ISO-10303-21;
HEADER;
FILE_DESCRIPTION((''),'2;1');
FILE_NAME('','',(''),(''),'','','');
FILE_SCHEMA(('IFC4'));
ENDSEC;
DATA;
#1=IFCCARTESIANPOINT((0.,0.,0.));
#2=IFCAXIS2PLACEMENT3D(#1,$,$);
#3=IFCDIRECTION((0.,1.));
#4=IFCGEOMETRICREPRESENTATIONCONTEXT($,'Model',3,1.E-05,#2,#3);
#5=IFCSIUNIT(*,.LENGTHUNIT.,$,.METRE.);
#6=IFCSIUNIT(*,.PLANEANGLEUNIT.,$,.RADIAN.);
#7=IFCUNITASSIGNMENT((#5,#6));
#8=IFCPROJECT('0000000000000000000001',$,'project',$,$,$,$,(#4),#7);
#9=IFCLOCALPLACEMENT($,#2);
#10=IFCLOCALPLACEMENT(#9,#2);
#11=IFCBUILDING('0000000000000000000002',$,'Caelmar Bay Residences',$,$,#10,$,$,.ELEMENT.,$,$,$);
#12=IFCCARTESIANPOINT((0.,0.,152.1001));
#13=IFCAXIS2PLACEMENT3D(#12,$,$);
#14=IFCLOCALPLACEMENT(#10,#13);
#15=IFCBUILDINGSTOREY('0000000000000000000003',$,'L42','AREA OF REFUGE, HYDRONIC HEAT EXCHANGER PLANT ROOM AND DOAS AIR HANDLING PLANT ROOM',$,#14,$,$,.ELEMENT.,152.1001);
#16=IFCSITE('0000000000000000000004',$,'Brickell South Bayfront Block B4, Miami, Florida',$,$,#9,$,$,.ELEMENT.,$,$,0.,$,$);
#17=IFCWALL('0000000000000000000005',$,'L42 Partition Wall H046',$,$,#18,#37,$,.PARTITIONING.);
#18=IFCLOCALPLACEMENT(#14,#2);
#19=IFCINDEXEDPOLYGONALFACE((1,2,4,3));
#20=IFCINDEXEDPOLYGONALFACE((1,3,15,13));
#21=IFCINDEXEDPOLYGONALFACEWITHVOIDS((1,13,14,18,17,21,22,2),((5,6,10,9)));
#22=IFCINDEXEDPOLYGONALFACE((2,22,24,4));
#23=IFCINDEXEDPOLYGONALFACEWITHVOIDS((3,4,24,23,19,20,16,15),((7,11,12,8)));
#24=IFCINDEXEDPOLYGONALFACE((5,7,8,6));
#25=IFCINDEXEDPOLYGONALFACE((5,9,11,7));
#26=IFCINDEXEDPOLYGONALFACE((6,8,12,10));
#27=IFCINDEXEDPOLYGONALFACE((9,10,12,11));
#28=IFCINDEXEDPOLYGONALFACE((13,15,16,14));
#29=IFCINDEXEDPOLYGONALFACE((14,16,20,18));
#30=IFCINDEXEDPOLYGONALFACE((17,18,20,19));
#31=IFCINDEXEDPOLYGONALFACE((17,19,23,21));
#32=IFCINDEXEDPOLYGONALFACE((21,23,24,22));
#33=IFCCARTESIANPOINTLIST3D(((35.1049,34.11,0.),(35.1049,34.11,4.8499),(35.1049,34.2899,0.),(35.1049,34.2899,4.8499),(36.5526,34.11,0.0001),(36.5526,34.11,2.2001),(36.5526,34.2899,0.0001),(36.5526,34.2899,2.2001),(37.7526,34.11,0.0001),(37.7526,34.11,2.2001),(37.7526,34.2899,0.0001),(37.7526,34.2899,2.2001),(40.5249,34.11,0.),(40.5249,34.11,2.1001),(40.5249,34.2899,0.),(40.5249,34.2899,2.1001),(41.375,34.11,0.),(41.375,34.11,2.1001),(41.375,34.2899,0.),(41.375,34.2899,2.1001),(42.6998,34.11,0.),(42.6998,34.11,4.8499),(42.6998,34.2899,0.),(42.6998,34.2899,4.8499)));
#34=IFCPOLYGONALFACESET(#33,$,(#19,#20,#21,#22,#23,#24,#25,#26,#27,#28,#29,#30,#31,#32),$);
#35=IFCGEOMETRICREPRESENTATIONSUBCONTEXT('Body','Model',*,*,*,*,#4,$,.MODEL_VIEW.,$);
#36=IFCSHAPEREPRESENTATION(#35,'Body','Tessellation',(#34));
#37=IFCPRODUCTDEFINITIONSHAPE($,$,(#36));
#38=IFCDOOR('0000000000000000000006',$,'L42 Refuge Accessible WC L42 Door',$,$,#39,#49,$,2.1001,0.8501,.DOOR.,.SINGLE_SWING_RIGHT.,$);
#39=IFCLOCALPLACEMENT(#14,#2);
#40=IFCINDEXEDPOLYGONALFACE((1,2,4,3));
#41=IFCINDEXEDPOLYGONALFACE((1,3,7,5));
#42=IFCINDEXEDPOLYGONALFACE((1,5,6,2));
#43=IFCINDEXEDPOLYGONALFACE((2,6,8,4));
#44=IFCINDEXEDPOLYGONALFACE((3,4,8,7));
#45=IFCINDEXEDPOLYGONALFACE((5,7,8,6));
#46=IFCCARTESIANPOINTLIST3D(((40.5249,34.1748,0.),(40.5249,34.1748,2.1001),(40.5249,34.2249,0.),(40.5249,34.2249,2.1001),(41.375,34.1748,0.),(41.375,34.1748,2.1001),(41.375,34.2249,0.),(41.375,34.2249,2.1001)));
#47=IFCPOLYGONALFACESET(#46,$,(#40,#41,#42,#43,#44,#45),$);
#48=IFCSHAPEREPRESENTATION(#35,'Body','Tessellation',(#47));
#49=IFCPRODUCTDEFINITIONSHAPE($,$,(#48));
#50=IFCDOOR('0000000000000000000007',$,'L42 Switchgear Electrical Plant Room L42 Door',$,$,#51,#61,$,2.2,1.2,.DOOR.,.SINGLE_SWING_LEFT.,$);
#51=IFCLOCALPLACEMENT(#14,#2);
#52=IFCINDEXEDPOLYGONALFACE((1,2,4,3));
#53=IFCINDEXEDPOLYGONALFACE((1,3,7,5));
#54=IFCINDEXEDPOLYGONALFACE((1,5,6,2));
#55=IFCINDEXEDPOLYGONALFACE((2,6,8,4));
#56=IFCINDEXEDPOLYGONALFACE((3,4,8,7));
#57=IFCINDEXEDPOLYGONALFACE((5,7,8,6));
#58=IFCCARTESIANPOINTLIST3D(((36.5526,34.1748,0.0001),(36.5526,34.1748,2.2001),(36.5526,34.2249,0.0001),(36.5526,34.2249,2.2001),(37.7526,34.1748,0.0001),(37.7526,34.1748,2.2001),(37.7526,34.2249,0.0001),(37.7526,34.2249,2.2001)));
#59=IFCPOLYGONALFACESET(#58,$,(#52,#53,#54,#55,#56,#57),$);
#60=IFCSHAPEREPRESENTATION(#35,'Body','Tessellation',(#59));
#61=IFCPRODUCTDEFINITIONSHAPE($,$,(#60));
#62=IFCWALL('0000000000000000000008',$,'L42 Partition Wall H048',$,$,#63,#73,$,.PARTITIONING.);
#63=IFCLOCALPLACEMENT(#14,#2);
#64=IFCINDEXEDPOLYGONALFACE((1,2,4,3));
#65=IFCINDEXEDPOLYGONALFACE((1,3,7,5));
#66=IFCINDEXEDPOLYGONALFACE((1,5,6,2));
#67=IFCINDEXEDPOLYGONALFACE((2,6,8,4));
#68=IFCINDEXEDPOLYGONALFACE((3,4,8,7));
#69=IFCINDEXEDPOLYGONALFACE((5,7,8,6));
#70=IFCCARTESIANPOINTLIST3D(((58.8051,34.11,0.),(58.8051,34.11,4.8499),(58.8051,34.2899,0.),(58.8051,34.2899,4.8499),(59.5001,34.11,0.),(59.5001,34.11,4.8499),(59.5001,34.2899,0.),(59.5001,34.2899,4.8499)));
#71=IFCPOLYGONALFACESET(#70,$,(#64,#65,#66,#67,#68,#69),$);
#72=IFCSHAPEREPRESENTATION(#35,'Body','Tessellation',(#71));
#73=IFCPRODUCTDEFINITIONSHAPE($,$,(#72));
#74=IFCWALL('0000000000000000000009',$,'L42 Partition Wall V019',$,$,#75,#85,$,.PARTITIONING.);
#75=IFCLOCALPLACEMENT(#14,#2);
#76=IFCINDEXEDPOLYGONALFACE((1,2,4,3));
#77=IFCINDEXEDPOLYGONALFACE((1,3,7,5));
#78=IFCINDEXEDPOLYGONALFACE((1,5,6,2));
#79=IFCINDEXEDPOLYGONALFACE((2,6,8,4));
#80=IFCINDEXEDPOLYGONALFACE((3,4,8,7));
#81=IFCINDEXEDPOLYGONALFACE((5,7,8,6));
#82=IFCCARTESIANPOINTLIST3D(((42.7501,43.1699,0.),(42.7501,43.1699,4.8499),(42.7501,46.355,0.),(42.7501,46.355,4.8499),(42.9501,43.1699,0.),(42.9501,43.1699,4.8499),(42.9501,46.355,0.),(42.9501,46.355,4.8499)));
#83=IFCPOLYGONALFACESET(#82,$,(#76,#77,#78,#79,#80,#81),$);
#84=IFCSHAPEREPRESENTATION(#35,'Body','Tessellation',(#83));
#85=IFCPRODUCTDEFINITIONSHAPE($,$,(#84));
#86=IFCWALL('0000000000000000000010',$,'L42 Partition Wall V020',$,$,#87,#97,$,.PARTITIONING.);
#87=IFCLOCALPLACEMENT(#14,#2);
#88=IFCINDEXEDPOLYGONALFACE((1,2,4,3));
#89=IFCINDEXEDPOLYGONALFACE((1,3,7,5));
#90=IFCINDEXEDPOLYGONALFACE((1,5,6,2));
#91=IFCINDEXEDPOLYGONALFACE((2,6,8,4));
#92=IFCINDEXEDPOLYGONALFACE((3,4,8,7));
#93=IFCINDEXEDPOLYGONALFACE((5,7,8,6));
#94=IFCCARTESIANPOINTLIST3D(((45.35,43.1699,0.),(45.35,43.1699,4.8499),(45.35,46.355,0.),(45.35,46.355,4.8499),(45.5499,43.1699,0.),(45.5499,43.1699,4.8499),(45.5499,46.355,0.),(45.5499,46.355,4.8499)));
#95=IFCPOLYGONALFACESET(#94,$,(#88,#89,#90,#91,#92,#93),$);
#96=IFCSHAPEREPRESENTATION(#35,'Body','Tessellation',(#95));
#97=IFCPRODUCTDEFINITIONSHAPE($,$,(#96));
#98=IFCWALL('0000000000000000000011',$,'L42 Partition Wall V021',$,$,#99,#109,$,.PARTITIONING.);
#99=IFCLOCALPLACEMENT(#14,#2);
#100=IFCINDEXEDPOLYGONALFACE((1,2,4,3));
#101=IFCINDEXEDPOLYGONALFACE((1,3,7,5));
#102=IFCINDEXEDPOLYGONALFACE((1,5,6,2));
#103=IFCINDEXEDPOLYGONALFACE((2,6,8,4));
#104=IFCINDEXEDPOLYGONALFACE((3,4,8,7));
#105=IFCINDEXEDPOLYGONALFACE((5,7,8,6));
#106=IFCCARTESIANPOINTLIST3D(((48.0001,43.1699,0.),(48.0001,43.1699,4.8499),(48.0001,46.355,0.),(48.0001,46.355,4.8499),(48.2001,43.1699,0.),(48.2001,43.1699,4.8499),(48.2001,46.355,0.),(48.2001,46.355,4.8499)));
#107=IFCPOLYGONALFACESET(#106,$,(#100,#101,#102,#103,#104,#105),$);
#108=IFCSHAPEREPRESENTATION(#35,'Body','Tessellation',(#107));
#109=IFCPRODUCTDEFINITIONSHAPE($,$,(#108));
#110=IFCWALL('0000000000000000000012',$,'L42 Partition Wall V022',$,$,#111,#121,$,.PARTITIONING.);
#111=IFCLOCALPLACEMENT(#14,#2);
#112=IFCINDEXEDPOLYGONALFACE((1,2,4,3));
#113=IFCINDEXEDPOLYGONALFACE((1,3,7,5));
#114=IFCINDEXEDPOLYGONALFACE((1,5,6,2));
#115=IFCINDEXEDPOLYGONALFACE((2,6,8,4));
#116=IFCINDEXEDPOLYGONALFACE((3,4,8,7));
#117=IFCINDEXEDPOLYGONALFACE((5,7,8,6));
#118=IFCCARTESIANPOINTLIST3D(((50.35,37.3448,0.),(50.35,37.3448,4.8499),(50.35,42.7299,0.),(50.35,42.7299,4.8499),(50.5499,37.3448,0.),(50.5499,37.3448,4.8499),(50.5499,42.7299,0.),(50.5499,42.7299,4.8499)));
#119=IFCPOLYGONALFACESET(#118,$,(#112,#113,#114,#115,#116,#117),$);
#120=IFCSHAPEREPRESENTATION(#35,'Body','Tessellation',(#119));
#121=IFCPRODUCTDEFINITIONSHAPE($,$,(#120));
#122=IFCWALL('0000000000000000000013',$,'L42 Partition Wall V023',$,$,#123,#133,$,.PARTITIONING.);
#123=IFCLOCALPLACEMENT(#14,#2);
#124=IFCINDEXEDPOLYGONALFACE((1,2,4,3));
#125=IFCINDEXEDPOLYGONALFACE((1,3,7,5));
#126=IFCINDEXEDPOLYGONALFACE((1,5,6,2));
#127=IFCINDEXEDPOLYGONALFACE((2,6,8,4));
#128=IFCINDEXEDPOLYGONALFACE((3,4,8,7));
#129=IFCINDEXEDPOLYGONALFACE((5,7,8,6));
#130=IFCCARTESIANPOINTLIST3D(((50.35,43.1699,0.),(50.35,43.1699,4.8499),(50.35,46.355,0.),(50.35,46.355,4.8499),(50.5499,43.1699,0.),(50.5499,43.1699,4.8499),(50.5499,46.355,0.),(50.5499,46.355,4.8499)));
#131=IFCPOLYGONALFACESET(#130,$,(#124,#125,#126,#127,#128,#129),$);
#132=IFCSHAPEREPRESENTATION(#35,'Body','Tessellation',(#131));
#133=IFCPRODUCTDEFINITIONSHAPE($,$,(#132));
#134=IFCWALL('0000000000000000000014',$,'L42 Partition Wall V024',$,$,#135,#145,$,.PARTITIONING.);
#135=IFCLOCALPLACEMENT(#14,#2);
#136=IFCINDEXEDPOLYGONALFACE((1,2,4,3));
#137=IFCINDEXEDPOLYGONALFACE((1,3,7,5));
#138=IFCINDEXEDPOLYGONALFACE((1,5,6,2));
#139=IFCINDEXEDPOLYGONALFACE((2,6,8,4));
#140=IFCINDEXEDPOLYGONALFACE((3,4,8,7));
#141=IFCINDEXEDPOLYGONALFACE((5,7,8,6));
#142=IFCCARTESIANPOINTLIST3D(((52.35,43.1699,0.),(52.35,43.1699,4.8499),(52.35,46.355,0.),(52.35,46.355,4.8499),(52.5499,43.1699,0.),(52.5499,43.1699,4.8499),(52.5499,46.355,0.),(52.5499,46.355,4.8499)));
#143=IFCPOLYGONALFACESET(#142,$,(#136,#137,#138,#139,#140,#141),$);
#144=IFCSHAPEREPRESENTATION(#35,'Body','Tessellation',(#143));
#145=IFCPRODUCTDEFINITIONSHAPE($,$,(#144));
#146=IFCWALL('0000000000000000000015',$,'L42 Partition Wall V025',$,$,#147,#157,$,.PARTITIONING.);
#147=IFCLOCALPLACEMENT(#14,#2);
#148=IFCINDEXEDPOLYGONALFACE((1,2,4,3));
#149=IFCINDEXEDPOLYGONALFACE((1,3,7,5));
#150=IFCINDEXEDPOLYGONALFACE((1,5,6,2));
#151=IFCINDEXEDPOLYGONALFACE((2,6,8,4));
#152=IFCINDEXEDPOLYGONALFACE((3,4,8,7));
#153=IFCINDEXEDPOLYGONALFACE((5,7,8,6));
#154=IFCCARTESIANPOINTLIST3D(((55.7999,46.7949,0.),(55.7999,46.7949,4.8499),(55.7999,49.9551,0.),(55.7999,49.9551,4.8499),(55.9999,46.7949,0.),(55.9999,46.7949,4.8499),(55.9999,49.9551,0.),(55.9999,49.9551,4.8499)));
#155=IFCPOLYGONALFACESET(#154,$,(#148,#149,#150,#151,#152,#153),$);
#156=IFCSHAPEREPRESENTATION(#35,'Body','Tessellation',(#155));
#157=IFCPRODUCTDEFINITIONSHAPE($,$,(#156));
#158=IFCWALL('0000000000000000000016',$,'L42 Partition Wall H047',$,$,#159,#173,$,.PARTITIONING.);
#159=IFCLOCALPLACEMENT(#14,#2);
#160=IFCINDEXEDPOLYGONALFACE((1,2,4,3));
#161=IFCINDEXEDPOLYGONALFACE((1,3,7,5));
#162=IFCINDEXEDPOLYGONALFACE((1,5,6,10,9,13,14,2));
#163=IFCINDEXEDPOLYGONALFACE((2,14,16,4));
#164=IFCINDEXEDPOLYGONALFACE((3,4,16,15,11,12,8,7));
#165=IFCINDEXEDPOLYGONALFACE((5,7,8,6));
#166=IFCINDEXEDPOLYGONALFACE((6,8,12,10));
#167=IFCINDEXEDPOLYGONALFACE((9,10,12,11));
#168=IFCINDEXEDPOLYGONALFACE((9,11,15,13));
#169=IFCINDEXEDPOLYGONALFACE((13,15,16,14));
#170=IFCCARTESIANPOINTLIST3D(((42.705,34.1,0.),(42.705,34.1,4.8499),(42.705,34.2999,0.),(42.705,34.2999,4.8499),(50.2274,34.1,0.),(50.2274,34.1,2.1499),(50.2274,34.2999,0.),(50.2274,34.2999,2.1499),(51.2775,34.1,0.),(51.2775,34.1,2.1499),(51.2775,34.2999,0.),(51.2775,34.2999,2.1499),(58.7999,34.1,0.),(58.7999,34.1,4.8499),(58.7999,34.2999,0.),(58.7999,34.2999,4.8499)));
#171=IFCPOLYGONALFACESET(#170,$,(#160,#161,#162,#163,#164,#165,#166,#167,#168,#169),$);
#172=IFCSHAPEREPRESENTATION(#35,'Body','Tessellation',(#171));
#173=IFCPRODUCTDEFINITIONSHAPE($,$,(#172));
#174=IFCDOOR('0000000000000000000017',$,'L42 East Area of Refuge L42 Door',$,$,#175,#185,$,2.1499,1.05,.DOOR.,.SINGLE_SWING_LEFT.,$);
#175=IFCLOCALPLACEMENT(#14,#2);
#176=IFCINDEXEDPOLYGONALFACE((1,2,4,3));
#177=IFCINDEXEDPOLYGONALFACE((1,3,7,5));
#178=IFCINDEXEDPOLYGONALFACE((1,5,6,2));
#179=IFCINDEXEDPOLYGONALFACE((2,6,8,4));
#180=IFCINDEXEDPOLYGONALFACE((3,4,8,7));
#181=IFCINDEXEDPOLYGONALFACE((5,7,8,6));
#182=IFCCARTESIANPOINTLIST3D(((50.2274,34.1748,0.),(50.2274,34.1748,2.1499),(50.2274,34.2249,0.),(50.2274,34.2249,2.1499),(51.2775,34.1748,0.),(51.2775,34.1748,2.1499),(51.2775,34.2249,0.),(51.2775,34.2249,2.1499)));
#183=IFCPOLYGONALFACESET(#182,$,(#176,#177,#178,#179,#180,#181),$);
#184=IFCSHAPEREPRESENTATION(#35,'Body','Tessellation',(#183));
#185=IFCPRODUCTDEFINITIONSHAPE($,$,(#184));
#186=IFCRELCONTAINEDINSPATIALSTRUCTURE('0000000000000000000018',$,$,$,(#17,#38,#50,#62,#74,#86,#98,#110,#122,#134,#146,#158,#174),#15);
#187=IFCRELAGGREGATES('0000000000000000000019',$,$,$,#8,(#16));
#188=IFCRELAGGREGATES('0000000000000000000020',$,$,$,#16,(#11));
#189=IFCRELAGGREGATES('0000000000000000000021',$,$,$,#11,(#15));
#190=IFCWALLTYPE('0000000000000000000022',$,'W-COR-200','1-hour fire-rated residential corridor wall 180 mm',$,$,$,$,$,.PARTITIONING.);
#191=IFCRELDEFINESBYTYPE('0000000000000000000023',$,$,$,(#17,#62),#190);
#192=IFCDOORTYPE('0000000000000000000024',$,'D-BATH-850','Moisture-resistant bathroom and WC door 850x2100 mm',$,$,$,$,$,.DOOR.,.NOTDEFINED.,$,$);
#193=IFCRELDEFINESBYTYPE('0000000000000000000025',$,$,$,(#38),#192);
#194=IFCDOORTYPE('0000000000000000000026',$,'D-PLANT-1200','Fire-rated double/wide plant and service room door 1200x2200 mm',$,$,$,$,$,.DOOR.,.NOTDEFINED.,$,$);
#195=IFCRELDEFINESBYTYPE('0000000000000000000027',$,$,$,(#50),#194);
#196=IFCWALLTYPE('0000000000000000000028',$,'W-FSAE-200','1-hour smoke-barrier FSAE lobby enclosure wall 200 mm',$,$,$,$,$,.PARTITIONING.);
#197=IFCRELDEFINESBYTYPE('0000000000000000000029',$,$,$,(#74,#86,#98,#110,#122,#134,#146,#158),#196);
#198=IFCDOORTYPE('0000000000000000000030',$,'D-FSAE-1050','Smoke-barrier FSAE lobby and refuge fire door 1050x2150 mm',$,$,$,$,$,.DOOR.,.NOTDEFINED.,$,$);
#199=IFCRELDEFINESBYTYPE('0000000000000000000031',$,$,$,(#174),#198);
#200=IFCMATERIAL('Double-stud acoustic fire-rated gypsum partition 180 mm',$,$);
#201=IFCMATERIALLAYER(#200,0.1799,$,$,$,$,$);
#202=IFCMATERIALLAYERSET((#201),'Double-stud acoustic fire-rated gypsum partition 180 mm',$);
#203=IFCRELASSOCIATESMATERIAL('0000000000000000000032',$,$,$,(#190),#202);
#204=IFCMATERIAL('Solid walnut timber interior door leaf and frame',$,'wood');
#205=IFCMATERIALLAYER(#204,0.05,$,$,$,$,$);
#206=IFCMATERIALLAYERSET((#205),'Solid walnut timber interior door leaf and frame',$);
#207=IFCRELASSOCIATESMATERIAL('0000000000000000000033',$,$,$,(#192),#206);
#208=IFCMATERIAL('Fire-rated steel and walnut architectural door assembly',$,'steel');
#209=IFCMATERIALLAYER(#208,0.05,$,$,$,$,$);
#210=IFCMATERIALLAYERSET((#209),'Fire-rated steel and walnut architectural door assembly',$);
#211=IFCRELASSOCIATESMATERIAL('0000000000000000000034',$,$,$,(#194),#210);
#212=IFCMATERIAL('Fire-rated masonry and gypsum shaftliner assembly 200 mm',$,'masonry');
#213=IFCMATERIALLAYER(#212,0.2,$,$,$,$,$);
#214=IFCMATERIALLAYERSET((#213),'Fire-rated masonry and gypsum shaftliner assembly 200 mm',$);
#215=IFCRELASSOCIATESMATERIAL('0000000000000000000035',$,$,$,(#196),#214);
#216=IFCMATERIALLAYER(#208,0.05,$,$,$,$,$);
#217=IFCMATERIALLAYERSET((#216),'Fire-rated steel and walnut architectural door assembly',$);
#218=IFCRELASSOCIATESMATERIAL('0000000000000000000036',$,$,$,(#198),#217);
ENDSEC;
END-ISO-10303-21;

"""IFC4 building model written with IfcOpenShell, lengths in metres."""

from ifc_helpers import new_model, si_unit, direction, frame, frame_2d, origin, place, context, subcontext, project, spatial, rectangle, extrude, material, layer, layer_set, type_object, element, fill, save


model = new_model("IFC4")

# Units and contexts
model_context = context("Model", 3, precision=1e-05, world=origin(), true_north=direction((0.0, 1.0)))
body_context = subcontext(model_context, "Body", "Model", "MODEL_VIEW")
ifc_project = project(units=[si_unit("LENGTHUNIT", "METRE"), si_unit("PLANEANGLEUNIT", "RADIAN")], contexts=[model_context])

# Site, building, storey
site_placement = place(None, origin())
site = spatial("IfcSite", under=ifc_project, at=site_placement, Name="Brickell South Bayfront Block B4, Miami, Florida", CompositionType="ELEMENT", RefElevation=0.0)
building_placement = place(site_placement, origin())
building = spatial("IfcBuilding", under=site, at=building_placement, Name="Caelmar Bay Residences", CompositionType="ELEMENT")
storey_placement = place(building_placement, frame((0.0, 0.0, 152.1001)))
storey = spatial("IfcBuildingStorey", under=building, at=storey_placement, Name="L42", Description="AREA OF REFUGE, HYDRONIC HEAT EXCHANGER PLANT ROOM AND DOAS AIR HANDLING PLANT ROOM", CompositionType="ELEMENT", Elevation=152.1001)

# Shared definitions
ifc_material_1 = material(Name="Fire-rated steel and walnut architectural door assembly", Category="steel")

# Wall, openings, doors
ifc_material_2 = material(Name="Double-stud acoustic fire-rated gypsum partition 180 mm")
ifc_layer_1 = layer(ifc_material_2, 0.1799)
ifc_layer_set_1 = layer_set([ifc_layer_1], Name="Double-stud acoustic fire-rated gypsum partition 180 mm")
wall_type_1 = type_object("IfcWallType", Name="W-COR-200", Description="1-hour fire-rated residential corridor wall 180 mm", PredefinedType="PARTITIONING", material=ifc_layer_set_1)
wall_1_placement = place(storey_placement, frame((35.105, 34.2, 0.0), z_axis=(0.0, 0.0, 1.0), x_axis=(1.0, 0.0, 0.0)))
wall_1 = element("IfcWall", 1, at=wall_1_placement, inside=storey, type_object=wall_type_1, Name="L42 Partition Wall H046", PredefinedType="PARTITIONING", context=body_context, shape_type="SweptSolid", body=[
    extrude(rectangle(XDim=7.595, YDim=0.1799, at=frame_2d((3.7974, 0.0))), origin(), (0.0, 0.0, 1.0), 4.8499),
])
opening_1_placement = place(wall_1_placement, frame((1.4475, 0.0, 0.0)))
opening_1 = element("IfcOpeningElement", 2, at=opening_1_placement, cuts=wall_1, PredefinedType="OPENING", context=body_context, shape_type="SweptSolid", body=[
    extrude(rectangle(XDim=1.2, YDim=2.2, at=frame_2d((0.6001, 1.1001))), frame((0.0, 0.0999, 0.0), z_axis=(0.0, -1.0, 0.0), x_axis=(1.0, 0.0, 0.0)), (0.0, 0.0, 1.0), 0.2),
])
opening_2_placement = place(wall_1_placement, frame((5.4199, 0.0, 0.0)))
opening_2 = element("IfcOpeningElement", 3, at=opening_2_placement, cuts=wall_1, PredefinedType="OPENING", context=body_context, shape_type="SweptSolid", body=[
    extrude(rectangle(XDim=0.8501, YDim=2.1001, at=frame_2d((0.425, 1.05))), frame((0.0, 0.0999, 0.0), z_axis=(0.0, -1.0, 0.0), x_axis=(1.0, 0.0, 0.0)), (0.0, 0.0, 1.0), 0.2),
])
ifc_material_3 = material(Name="Solid walnut timber interior door leaf and frame", Category="wood")
ifc_layer_2 = layer(ifc_material_3, 0.05)
ifc_layer_set_2 = layer_set([ifc_layer_2], Name="Solid walnut timber interior door leaf and frame")
door_type_1 = type_object("IfcDoorType", Name="D-BATH-850", Description="Moisture-resistant bathroom and WC door 850x2100 mm", OperationType="NOTDEFINED", PredefinedType="DOOR", material=ifc_layer_set_2)
door_1_placement = place(opening_2_placement, origin())
door_1 = element("IfcDoor", 4, at=door_1_placement, inside=storey, type_object=door_type_1, Name="L42 Refuge Accessible WC L42 Door", OperationType="SINGLE_SWING_RIGHT", OverallHeight=2.1001, OverallWidth=0.8501, PredefinedType="DOOR", context=body_context, shape_type="SweptSolid", body=[
    extrude(rectangle(XDim=0.8501, YDim=2.1001, at=frame_2d((0.425, 1.05))), frame((0.0, 0.0249, 0.0), z_axis=(0.0, -1.0, 0.0), x_axis=(1.0, 0.0, 0.0)), (0.0, 0.0, 1.0), 0.05),
])
fill(opening_2, door_1)
ifc_layer_3 = layer(ifc_material_1, 0.05)
ifc_layer_set_3 = layer_set([ifc_layer_3], Name="Fire-rated steel and walnut architectural door assembly")
door_type_2 = type_object("IfcDoorType", Name="D-PLANT-1200", Description="Fire-rated double/wide plant and service room door 1200x2200 mm", OperationType="NOTDEFINED", PredefinedType="DOOR", material=ifc_layer_set_3)
door_2_placement = place(opening_1_placement, origin())
door_2 = element("IfcDoor", 5, at=door_2_placement, inside=storey, type_object=door_type_2, Name="L42 Switchgear Electrical Plant Room L42 Door", OperationType="SINGLE_SWING_LEFT", OverallHeight=2.2, OverallWidth=1.2, PredefinedType="DOOR", context=body_context, shape_type="SweptSolid", body=[
    extrude(rectangle(XDim=1.2, YDim=2.2, at=frame_2d((0.6001, 1.1001))), frame((0.0, 0.0249, 0.0), z_axis=(0.0, -1.0, 0.0), x_axis=(1.0, 0.0, 0.0)), (0.0, 0.0, 1.0), 0.05),
])
fill(opening_1, door_2)

# Walls
wall_2_placement = place(storey_placement, frame((58.8049, 34.2, 0.0), z_axis=(0.0, 0.0, 1.0), x_axis=(1.0, 0.0, 0.0)))
element("IfcWall", 6, at=wall_2_placement, inside=storey, type_object=wall_type_1, Name="L42 Partition Wall H048", PredefinedType="PARTITIONING", context=body_context, shape_type="SweptSolid", body=[
    extrude(rectangle(XDim=0.6951, YDim=0.1799, at=frame_2d((0.3477, 0.0))), origin(), (0.0, 0.0, 1.0), 4.8499),
])
ifc_material_4 = material(Name="Fire-rated masonry and gypsum shaftliner assembly 200 mm", Category="masonry")
ifc_layer_4 = layer(ifc_material_4, 0.2)
ifc_layer_set_4 = layer_set([ifc_layer_4], Name="Fire-rated masonry and gypsum shaftliner assembly 200 mm")
wall_type_2 = type_object("IfcWallType", Name="W-FSAE-200", Description="1-hour smoke-barrier FSAE lobby enclosure wall 200 mm", PredefinedType="PARTITIONING", material=ifc_layer_set_4)
for number, where, z_axis, x_axis, name in (
    (7, (42.8501, 43.1699, 0.0), (0.0, 0.0, 1.0), (0.0, 1.0, 0.0), "L42 Partition Wall V019"),
    (8, (45.45, 43.1699, 0.0), (0.0, 0.0, 1.0), (0.0, 1.0, 0.0), "L42 Partition Wall V020"),
    (9, (48.1001, 43.1699, 0.0), (0.0, 0.0, 1.0), (0.0, 1.0, 0.0), "L42 Partition Wall V021"),
):
    element("IfcWall", number, at=place(storey_placement, frame(where, z_axis=z_axis, x_axis=x_axis)), inside=storey, type_object=wall_type_2, Name=name, PredefinedType="PARTITIONING", context=body_context, shape_type="SweptSolid", body=[
        extrude(rectangle(XDim=3.1851, YDim=0.2, at=frame_2d((1.5925, 0.0))), origin(), (0.0, 0.0, 1.0), 4.8499),
    ])
wall_3_placement = place(storey_placement, frame((50.45, 37.345, 0.0), z_axis=(0.0, 0.0, 1.0), x_axis=(0.0, 1.0, 0.0)))
element("IfcWall", 10, at=wall_3_placement, inside=storey, type_object=wall_type_2, Name="L42 Partition Wall V022", PredefinedType="PARTITIONING", context=body_context, shape_type="SweptSolid", body=[
    extrude(rectangle(XDim=5.385, YDim=0.2, at=frame_2d((2.6924, 0.0))), origin(), (0.0, 0.0, 1.0), 4.8499),
])
for number, where, z_axis, x_axis, name in (
    (11, (50.45, 43.1699, 0.0), (0.0, 0.0, 1.0), (0.0, 1.0, 0.0), "L42 Partition Wall V023"),
    (12, (52.45, 43.1699, 0.0), (0.0, 0.0, 1.0), (0.0, 1.0, 0.0), "L42 Partition Wall V024"),
):
    element("IfcWall", number, at=place(storey_placement, frame(where, z_axis=z_axis, x_axis=x_axis)), inside=storey, type_object=wall_type_2, Name=name, PredefinedType="PARTITIONING", context=body_context, shape_type="SweptSolid", body=[
        extrude(rectangle(XDim=3.1851, YDim=0.2, at=frame_2d((1.5925, 0.0))), origin(), (0.0, 0.0, 1.0), 4.8499),
    ])
wall_4_placement = place(storey_placement, frame((55.8999, 46.7949, 0.0), z_axis=(0.0, 0.0, 1.0), x_axis=(0.0, 1.0, 0.0)))
element("IfcWall", 13, at=wall_4_placement, inside=storey, type_object=wall_type_2, Name="L42 Partition Wall V025", PredefinedType="PARTITIONING", context=body_context, shape_type="SweptSolid", body=[
    extrude(rectangle(XDim=3.1602, YDim=0.2, at=frame_2d((1.5801, 0.0))), origin(), (0.0, 0.0, 1.0), 4.8499),
])

# Wall, opening, door
wall_5_placement = place(storey_placement, frame((42.7051, 34.2, 0.0), z_axis=(0.0, 0.0, 1.0), x_axis=(1.0, 0.0, 0.0)))
wall_5 = element("IfcWall", 14, at=wall_5_placement, inside=storey, type_object=wall_type_2, Name="L42 Partition Wall H047", PredefinedType="PARTITIONING", context=body_context, shape_type="SweptSolid", body=[
    extrude(rectangle(XDim=16.095, YDim=0.2, at=frame_2d((8.0474, 0.0))), origin(), (0.0, 0.0, 1.0), 4.8499),
])
opening_3_placement = place(wall_5_placement, frame((7.5225, 0.0, 0.0)))
opening_3 = element("IfcOpeningElement", 15, at=opening_3_placement, cuts=wall_5, PredefinedType="OPENING", context=body_context, shape_type="SweptSolid", body=[
    extrude(rectangle(XDim=1.05, YDim=2.1499, at=frame_2d((0.5249, 1.075))), frame((0.0, 0.1099, 0.0), z_axis=(0.0, -1.0, 0.0), x_axis=(1.0, 0.0, 0.0)), (0.0, 0.0, 1.0), 0.22),
])
ifc_layer_5 = layer(ifc_material_1, 0.05)
ifc_layer_set_5 = layer_set([ifc_layer_5], Name="Fire-rated steel and walnut architectural door assembly")
door_type_3 = type_object("IfcDoorType", Name="D-FSAE-1050", Description="Smoke-barrier FSAE lobby and refuge fire door 1050x2150 mm", OperationType="NOTDEFINED", PredefinedType="DOOR", material=ifc_layer_set_5)
door_3_placement = place(opening_3_placement, origin())
door_3 = element("IfcDoor", 16, at=door_3_placement, inside=storey, type_object=door_type_3, Name="L42 East Area of Refuge L42 Door", OperationType="SINGLE_SWING_LEFT", OverallHeight=2.1499, OverallWidth=1.05, PredefinedType="DOOR", context=body_context, shape_type="SweptSolid", body=[
    extrude(rectangle(XDim=1.05, YDim=2.1499, at=frame_2d((0.5249, 1.075))), frame((0.0, 0.0249, 0.0), z_axis=(0.0, -1.0, 0.0), x_axis=(1.0, 0.0, 0.0)), (0.0, 0.0, 1.0), 0.05),
])
fill(opening_3, door_3)

save(model, "model.ifc")
